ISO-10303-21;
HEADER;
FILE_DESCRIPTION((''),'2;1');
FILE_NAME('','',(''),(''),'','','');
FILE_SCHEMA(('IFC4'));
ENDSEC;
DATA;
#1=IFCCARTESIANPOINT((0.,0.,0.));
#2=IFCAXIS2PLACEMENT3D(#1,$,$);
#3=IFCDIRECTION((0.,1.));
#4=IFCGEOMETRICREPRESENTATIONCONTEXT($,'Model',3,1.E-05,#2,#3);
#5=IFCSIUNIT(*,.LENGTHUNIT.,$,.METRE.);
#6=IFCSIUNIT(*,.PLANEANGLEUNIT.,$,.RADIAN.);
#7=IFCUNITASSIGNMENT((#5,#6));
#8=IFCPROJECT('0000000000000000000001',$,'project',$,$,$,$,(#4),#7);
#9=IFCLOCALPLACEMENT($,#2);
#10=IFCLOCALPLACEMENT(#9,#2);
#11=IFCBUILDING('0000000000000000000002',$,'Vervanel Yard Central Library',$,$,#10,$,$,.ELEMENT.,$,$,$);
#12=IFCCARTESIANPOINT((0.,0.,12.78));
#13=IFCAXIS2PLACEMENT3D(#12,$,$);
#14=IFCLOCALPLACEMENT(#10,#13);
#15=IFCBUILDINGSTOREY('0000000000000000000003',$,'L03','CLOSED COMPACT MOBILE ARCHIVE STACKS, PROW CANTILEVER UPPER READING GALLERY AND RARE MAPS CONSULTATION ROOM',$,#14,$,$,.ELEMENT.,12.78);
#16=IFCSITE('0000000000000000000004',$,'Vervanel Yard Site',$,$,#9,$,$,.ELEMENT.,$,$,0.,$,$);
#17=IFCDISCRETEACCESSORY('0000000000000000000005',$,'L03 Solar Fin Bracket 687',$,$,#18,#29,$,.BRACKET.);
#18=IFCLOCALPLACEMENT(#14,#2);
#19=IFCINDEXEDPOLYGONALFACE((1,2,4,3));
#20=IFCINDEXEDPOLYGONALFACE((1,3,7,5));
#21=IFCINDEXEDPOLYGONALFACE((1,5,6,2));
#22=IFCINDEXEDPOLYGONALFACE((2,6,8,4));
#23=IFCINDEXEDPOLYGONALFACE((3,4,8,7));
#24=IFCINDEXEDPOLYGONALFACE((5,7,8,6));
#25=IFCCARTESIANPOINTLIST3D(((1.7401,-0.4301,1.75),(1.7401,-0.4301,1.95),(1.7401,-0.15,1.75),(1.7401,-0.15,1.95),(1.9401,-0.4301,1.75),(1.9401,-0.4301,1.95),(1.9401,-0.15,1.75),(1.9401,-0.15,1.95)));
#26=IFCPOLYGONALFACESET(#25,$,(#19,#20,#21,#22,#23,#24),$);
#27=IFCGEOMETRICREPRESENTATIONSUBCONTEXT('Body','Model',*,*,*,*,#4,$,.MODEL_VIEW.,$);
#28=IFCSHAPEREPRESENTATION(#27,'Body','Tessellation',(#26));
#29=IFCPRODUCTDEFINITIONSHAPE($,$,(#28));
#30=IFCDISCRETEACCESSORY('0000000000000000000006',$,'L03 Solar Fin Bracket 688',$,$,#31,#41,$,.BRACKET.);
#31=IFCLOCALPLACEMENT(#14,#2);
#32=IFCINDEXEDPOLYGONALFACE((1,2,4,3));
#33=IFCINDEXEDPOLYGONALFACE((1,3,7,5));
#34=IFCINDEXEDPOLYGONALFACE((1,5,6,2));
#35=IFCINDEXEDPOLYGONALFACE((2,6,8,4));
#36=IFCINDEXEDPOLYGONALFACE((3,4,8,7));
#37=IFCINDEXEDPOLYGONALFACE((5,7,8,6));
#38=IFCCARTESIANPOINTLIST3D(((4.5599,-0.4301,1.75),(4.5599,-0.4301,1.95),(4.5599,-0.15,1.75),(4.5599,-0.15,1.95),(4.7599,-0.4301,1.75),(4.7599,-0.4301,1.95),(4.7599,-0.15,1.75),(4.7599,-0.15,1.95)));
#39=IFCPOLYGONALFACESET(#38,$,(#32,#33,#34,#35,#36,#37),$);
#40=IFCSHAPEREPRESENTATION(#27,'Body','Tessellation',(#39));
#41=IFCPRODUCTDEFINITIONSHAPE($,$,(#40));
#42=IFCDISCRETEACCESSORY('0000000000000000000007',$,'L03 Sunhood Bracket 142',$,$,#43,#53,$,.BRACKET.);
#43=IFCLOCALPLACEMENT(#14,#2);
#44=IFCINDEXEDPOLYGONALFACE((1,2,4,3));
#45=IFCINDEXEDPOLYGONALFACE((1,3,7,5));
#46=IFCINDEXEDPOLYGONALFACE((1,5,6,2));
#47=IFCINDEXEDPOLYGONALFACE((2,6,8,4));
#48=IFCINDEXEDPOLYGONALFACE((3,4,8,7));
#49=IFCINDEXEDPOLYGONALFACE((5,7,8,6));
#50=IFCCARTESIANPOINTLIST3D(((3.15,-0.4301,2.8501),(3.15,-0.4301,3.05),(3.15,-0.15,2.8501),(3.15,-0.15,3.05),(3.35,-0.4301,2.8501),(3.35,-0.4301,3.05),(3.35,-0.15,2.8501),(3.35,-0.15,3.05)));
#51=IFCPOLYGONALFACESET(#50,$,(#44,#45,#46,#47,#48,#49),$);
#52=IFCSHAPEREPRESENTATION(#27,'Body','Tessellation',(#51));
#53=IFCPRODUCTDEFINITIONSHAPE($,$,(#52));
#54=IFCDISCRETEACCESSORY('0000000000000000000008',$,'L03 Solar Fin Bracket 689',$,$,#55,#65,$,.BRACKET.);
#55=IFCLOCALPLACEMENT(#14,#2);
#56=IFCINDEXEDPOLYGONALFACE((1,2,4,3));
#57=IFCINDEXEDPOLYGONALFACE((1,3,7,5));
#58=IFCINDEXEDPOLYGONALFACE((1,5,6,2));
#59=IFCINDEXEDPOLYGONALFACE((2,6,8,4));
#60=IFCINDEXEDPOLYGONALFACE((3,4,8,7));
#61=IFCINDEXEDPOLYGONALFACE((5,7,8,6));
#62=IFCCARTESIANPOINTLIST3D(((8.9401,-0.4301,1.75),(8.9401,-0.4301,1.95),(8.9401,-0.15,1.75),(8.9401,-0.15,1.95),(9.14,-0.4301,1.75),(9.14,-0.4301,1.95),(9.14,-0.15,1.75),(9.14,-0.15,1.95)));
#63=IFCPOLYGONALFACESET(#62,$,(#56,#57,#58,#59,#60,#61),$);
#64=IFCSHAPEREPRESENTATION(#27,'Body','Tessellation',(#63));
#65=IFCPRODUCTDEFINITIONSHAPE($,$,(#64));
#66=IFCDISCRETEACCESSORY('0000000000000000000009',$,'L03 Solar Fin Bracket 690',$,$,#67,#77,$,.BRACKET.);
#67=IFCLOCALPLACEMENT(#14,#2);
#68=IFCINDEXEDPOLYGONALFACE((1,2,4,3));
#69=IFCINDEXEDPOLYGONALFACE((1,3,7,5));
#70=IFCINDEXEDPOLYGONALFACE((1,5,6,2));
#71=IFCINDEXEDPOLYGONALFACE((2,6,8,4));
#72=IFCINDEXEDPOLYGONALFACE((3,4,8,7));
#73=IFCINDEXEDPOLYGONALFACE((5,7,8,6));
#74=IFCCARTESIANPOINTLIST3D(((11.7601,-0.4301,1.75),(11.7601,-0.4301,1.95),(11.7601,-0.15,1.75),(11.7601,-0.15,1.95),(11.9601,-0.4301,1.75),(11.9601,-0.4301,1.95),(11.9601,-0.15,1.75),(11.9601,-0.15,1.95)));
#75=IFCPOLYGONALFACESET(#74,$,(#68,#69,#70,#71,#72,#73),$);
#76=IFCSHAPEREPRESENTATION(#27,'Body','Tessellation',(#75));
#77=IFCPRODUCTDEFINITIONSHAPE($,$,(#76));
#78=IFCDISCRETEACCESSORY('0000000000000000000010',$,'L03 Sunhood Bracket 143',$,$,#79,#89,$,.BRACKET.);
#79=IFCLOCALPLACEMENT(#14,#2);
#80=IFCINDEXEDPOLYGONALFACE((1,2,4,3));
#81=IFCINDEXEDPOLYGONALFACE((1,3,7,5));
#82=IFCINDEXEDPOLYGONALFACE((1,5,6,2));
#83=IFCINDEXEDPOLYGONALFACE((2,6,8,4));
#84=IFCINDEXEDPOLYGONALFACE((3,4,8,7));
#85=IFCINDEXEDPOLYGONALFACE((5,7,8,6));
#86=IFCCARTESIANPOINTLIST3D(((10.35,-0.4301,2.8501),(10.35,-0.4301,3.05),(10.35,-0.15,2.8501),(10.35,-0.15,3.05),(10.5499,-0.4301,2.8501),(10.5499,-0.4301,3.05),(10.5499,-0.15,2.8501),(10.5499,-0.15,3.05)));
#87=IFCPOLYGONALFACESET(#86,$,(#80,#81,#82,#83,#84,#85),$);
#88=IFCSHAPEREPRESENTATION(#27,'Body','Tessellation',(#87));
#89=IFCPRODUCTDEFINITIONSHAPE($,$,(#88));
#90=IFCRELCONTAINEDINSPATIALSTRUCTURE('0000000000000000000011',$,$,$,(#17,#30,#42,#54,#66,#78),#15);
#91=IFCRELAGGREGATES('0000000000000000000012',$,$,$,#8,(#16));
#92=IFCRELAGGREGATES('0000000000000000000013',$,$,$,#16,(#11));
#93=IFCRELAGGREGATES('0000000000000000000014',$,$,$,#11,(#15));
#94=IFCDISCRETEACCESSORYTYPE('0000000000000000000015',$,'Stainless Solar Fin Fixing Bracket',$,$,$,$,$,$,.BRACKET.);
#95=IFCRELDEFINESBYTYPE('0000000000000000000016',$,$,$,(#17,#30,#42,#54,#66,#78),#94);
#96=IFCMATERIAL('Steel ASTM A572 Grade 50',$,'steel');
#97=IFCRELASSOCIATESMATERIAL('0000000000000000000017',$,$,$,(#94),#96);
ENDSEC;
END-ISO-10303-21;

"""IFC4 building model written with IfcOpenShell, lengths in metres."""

from ifc_helpers import new_model, si_unit, direction, frame, origin, origin_2d, place, context, subcontext, project, spatial, rectangle, extrude, material, type_object, element, save


model = new_model("IFC4")

# Units and contexts
model_context = context("Model", 3, precision=1e-05, world=origin(), true_north=direction((0.0, 1.0)))
body_context = subcontext(model_context, "Body", "Model", "MODEL_VIEW")
ifc_project = project(units=[si_unit("LENGTHUNIT", "METRE"), si_unit("PLANEANGLEUNIT", "RADIAN")], contexts=[model_context])

# Site, building, storey
site_placement = place(None, origin())
site = spatial("IfcSite", under=ifc_project, at=site_placement, Name="Vervanel Yard Site", CompositionType="ELEMENT", RefElevation=0.0)
building_placement = place(site_placement, origin())
building = spatial("IfcBuilding", under=site, at=building_placement, Name="Vervanel Yard Central Library", CompositionType="ELEMENT")
storey_placement = place(building_placement, frame((0.0, 0.0, 12.78)))
storey = spatial("IfcBuildingStorey", under=building, at=storey_placement, Name="L03", Description="CLOSED COMPACT MOBILE ARCHIVE STACKS, PROW CANTILEVER UPPER READING GALLERY AND RARE MAPS CONSULTATION ROOM", CompositionType="ELEMENT", Elevation=12.78)

# Discrete accessories
ifc_material_1 = material(Name="Steel ASTM A572 Grade 50", Category="steel")
discrete_accessory_type = type_object("IfcDiscreteAccessoryType", Name="Stainless Solar Fin Fixing Bracket", PredefinedType="BRACKET", material=ifc_material_1)
for number, where, z_axis, x_axis, name in (
    (1, (1.8401, -0.29, 1.75), (0.0, 0.0, 1.0), (1.0, 0.0, 0.0), "L03 Solar Fin Bracket 687"),
    (2, (4.6599, -0.29, 1.75), (0.0, 0.0, 1.0), (1.0, 0.0, 0.0), "L03 Solar Fin Bracket 688"),
    (3, (3.25, -0.29, 2.8501), (0.0, 0.0, 1.0), (1.0, 0.0, 0.0), "L03 Sunhood Bracket 142"),
    (4, (9.04, -0.29, 1.75), (0.0, 0.0, 1.0), (1.0, 0.0, 0.0), "L03 Solar Fin Bracket 689"),
    (5, (11.8601, -0.29, 1.75), (0.0, 0.0, 1.0), (1.0, 0.0, 0.0), "L03 Solar Fin Bracket 690"),
    (6, (10.45, -0.29, 2.8501), (0.0, 0.0, 1.0), (1.0, 0.0, 0.0), "L03 Sunhood Bracket 143"),
):
    element("IfcDiscreteAccessory", number, at=place(storey_placement, frame(where, z_axis=z_axis, x_axis=x_axis)), inside=storey, type_object=discrete_accessory_type, Name=name, PredefinedType="BRACKET", context=body_context, shape_type="SweptSolid", body=[
        extrude(rectangle(XDim=0.2, YDim=0.28, at=origin_2d()), origin(), (0.0, 0.0, 1.0), 0.2),
    ])

save(model, "model.ifc")
